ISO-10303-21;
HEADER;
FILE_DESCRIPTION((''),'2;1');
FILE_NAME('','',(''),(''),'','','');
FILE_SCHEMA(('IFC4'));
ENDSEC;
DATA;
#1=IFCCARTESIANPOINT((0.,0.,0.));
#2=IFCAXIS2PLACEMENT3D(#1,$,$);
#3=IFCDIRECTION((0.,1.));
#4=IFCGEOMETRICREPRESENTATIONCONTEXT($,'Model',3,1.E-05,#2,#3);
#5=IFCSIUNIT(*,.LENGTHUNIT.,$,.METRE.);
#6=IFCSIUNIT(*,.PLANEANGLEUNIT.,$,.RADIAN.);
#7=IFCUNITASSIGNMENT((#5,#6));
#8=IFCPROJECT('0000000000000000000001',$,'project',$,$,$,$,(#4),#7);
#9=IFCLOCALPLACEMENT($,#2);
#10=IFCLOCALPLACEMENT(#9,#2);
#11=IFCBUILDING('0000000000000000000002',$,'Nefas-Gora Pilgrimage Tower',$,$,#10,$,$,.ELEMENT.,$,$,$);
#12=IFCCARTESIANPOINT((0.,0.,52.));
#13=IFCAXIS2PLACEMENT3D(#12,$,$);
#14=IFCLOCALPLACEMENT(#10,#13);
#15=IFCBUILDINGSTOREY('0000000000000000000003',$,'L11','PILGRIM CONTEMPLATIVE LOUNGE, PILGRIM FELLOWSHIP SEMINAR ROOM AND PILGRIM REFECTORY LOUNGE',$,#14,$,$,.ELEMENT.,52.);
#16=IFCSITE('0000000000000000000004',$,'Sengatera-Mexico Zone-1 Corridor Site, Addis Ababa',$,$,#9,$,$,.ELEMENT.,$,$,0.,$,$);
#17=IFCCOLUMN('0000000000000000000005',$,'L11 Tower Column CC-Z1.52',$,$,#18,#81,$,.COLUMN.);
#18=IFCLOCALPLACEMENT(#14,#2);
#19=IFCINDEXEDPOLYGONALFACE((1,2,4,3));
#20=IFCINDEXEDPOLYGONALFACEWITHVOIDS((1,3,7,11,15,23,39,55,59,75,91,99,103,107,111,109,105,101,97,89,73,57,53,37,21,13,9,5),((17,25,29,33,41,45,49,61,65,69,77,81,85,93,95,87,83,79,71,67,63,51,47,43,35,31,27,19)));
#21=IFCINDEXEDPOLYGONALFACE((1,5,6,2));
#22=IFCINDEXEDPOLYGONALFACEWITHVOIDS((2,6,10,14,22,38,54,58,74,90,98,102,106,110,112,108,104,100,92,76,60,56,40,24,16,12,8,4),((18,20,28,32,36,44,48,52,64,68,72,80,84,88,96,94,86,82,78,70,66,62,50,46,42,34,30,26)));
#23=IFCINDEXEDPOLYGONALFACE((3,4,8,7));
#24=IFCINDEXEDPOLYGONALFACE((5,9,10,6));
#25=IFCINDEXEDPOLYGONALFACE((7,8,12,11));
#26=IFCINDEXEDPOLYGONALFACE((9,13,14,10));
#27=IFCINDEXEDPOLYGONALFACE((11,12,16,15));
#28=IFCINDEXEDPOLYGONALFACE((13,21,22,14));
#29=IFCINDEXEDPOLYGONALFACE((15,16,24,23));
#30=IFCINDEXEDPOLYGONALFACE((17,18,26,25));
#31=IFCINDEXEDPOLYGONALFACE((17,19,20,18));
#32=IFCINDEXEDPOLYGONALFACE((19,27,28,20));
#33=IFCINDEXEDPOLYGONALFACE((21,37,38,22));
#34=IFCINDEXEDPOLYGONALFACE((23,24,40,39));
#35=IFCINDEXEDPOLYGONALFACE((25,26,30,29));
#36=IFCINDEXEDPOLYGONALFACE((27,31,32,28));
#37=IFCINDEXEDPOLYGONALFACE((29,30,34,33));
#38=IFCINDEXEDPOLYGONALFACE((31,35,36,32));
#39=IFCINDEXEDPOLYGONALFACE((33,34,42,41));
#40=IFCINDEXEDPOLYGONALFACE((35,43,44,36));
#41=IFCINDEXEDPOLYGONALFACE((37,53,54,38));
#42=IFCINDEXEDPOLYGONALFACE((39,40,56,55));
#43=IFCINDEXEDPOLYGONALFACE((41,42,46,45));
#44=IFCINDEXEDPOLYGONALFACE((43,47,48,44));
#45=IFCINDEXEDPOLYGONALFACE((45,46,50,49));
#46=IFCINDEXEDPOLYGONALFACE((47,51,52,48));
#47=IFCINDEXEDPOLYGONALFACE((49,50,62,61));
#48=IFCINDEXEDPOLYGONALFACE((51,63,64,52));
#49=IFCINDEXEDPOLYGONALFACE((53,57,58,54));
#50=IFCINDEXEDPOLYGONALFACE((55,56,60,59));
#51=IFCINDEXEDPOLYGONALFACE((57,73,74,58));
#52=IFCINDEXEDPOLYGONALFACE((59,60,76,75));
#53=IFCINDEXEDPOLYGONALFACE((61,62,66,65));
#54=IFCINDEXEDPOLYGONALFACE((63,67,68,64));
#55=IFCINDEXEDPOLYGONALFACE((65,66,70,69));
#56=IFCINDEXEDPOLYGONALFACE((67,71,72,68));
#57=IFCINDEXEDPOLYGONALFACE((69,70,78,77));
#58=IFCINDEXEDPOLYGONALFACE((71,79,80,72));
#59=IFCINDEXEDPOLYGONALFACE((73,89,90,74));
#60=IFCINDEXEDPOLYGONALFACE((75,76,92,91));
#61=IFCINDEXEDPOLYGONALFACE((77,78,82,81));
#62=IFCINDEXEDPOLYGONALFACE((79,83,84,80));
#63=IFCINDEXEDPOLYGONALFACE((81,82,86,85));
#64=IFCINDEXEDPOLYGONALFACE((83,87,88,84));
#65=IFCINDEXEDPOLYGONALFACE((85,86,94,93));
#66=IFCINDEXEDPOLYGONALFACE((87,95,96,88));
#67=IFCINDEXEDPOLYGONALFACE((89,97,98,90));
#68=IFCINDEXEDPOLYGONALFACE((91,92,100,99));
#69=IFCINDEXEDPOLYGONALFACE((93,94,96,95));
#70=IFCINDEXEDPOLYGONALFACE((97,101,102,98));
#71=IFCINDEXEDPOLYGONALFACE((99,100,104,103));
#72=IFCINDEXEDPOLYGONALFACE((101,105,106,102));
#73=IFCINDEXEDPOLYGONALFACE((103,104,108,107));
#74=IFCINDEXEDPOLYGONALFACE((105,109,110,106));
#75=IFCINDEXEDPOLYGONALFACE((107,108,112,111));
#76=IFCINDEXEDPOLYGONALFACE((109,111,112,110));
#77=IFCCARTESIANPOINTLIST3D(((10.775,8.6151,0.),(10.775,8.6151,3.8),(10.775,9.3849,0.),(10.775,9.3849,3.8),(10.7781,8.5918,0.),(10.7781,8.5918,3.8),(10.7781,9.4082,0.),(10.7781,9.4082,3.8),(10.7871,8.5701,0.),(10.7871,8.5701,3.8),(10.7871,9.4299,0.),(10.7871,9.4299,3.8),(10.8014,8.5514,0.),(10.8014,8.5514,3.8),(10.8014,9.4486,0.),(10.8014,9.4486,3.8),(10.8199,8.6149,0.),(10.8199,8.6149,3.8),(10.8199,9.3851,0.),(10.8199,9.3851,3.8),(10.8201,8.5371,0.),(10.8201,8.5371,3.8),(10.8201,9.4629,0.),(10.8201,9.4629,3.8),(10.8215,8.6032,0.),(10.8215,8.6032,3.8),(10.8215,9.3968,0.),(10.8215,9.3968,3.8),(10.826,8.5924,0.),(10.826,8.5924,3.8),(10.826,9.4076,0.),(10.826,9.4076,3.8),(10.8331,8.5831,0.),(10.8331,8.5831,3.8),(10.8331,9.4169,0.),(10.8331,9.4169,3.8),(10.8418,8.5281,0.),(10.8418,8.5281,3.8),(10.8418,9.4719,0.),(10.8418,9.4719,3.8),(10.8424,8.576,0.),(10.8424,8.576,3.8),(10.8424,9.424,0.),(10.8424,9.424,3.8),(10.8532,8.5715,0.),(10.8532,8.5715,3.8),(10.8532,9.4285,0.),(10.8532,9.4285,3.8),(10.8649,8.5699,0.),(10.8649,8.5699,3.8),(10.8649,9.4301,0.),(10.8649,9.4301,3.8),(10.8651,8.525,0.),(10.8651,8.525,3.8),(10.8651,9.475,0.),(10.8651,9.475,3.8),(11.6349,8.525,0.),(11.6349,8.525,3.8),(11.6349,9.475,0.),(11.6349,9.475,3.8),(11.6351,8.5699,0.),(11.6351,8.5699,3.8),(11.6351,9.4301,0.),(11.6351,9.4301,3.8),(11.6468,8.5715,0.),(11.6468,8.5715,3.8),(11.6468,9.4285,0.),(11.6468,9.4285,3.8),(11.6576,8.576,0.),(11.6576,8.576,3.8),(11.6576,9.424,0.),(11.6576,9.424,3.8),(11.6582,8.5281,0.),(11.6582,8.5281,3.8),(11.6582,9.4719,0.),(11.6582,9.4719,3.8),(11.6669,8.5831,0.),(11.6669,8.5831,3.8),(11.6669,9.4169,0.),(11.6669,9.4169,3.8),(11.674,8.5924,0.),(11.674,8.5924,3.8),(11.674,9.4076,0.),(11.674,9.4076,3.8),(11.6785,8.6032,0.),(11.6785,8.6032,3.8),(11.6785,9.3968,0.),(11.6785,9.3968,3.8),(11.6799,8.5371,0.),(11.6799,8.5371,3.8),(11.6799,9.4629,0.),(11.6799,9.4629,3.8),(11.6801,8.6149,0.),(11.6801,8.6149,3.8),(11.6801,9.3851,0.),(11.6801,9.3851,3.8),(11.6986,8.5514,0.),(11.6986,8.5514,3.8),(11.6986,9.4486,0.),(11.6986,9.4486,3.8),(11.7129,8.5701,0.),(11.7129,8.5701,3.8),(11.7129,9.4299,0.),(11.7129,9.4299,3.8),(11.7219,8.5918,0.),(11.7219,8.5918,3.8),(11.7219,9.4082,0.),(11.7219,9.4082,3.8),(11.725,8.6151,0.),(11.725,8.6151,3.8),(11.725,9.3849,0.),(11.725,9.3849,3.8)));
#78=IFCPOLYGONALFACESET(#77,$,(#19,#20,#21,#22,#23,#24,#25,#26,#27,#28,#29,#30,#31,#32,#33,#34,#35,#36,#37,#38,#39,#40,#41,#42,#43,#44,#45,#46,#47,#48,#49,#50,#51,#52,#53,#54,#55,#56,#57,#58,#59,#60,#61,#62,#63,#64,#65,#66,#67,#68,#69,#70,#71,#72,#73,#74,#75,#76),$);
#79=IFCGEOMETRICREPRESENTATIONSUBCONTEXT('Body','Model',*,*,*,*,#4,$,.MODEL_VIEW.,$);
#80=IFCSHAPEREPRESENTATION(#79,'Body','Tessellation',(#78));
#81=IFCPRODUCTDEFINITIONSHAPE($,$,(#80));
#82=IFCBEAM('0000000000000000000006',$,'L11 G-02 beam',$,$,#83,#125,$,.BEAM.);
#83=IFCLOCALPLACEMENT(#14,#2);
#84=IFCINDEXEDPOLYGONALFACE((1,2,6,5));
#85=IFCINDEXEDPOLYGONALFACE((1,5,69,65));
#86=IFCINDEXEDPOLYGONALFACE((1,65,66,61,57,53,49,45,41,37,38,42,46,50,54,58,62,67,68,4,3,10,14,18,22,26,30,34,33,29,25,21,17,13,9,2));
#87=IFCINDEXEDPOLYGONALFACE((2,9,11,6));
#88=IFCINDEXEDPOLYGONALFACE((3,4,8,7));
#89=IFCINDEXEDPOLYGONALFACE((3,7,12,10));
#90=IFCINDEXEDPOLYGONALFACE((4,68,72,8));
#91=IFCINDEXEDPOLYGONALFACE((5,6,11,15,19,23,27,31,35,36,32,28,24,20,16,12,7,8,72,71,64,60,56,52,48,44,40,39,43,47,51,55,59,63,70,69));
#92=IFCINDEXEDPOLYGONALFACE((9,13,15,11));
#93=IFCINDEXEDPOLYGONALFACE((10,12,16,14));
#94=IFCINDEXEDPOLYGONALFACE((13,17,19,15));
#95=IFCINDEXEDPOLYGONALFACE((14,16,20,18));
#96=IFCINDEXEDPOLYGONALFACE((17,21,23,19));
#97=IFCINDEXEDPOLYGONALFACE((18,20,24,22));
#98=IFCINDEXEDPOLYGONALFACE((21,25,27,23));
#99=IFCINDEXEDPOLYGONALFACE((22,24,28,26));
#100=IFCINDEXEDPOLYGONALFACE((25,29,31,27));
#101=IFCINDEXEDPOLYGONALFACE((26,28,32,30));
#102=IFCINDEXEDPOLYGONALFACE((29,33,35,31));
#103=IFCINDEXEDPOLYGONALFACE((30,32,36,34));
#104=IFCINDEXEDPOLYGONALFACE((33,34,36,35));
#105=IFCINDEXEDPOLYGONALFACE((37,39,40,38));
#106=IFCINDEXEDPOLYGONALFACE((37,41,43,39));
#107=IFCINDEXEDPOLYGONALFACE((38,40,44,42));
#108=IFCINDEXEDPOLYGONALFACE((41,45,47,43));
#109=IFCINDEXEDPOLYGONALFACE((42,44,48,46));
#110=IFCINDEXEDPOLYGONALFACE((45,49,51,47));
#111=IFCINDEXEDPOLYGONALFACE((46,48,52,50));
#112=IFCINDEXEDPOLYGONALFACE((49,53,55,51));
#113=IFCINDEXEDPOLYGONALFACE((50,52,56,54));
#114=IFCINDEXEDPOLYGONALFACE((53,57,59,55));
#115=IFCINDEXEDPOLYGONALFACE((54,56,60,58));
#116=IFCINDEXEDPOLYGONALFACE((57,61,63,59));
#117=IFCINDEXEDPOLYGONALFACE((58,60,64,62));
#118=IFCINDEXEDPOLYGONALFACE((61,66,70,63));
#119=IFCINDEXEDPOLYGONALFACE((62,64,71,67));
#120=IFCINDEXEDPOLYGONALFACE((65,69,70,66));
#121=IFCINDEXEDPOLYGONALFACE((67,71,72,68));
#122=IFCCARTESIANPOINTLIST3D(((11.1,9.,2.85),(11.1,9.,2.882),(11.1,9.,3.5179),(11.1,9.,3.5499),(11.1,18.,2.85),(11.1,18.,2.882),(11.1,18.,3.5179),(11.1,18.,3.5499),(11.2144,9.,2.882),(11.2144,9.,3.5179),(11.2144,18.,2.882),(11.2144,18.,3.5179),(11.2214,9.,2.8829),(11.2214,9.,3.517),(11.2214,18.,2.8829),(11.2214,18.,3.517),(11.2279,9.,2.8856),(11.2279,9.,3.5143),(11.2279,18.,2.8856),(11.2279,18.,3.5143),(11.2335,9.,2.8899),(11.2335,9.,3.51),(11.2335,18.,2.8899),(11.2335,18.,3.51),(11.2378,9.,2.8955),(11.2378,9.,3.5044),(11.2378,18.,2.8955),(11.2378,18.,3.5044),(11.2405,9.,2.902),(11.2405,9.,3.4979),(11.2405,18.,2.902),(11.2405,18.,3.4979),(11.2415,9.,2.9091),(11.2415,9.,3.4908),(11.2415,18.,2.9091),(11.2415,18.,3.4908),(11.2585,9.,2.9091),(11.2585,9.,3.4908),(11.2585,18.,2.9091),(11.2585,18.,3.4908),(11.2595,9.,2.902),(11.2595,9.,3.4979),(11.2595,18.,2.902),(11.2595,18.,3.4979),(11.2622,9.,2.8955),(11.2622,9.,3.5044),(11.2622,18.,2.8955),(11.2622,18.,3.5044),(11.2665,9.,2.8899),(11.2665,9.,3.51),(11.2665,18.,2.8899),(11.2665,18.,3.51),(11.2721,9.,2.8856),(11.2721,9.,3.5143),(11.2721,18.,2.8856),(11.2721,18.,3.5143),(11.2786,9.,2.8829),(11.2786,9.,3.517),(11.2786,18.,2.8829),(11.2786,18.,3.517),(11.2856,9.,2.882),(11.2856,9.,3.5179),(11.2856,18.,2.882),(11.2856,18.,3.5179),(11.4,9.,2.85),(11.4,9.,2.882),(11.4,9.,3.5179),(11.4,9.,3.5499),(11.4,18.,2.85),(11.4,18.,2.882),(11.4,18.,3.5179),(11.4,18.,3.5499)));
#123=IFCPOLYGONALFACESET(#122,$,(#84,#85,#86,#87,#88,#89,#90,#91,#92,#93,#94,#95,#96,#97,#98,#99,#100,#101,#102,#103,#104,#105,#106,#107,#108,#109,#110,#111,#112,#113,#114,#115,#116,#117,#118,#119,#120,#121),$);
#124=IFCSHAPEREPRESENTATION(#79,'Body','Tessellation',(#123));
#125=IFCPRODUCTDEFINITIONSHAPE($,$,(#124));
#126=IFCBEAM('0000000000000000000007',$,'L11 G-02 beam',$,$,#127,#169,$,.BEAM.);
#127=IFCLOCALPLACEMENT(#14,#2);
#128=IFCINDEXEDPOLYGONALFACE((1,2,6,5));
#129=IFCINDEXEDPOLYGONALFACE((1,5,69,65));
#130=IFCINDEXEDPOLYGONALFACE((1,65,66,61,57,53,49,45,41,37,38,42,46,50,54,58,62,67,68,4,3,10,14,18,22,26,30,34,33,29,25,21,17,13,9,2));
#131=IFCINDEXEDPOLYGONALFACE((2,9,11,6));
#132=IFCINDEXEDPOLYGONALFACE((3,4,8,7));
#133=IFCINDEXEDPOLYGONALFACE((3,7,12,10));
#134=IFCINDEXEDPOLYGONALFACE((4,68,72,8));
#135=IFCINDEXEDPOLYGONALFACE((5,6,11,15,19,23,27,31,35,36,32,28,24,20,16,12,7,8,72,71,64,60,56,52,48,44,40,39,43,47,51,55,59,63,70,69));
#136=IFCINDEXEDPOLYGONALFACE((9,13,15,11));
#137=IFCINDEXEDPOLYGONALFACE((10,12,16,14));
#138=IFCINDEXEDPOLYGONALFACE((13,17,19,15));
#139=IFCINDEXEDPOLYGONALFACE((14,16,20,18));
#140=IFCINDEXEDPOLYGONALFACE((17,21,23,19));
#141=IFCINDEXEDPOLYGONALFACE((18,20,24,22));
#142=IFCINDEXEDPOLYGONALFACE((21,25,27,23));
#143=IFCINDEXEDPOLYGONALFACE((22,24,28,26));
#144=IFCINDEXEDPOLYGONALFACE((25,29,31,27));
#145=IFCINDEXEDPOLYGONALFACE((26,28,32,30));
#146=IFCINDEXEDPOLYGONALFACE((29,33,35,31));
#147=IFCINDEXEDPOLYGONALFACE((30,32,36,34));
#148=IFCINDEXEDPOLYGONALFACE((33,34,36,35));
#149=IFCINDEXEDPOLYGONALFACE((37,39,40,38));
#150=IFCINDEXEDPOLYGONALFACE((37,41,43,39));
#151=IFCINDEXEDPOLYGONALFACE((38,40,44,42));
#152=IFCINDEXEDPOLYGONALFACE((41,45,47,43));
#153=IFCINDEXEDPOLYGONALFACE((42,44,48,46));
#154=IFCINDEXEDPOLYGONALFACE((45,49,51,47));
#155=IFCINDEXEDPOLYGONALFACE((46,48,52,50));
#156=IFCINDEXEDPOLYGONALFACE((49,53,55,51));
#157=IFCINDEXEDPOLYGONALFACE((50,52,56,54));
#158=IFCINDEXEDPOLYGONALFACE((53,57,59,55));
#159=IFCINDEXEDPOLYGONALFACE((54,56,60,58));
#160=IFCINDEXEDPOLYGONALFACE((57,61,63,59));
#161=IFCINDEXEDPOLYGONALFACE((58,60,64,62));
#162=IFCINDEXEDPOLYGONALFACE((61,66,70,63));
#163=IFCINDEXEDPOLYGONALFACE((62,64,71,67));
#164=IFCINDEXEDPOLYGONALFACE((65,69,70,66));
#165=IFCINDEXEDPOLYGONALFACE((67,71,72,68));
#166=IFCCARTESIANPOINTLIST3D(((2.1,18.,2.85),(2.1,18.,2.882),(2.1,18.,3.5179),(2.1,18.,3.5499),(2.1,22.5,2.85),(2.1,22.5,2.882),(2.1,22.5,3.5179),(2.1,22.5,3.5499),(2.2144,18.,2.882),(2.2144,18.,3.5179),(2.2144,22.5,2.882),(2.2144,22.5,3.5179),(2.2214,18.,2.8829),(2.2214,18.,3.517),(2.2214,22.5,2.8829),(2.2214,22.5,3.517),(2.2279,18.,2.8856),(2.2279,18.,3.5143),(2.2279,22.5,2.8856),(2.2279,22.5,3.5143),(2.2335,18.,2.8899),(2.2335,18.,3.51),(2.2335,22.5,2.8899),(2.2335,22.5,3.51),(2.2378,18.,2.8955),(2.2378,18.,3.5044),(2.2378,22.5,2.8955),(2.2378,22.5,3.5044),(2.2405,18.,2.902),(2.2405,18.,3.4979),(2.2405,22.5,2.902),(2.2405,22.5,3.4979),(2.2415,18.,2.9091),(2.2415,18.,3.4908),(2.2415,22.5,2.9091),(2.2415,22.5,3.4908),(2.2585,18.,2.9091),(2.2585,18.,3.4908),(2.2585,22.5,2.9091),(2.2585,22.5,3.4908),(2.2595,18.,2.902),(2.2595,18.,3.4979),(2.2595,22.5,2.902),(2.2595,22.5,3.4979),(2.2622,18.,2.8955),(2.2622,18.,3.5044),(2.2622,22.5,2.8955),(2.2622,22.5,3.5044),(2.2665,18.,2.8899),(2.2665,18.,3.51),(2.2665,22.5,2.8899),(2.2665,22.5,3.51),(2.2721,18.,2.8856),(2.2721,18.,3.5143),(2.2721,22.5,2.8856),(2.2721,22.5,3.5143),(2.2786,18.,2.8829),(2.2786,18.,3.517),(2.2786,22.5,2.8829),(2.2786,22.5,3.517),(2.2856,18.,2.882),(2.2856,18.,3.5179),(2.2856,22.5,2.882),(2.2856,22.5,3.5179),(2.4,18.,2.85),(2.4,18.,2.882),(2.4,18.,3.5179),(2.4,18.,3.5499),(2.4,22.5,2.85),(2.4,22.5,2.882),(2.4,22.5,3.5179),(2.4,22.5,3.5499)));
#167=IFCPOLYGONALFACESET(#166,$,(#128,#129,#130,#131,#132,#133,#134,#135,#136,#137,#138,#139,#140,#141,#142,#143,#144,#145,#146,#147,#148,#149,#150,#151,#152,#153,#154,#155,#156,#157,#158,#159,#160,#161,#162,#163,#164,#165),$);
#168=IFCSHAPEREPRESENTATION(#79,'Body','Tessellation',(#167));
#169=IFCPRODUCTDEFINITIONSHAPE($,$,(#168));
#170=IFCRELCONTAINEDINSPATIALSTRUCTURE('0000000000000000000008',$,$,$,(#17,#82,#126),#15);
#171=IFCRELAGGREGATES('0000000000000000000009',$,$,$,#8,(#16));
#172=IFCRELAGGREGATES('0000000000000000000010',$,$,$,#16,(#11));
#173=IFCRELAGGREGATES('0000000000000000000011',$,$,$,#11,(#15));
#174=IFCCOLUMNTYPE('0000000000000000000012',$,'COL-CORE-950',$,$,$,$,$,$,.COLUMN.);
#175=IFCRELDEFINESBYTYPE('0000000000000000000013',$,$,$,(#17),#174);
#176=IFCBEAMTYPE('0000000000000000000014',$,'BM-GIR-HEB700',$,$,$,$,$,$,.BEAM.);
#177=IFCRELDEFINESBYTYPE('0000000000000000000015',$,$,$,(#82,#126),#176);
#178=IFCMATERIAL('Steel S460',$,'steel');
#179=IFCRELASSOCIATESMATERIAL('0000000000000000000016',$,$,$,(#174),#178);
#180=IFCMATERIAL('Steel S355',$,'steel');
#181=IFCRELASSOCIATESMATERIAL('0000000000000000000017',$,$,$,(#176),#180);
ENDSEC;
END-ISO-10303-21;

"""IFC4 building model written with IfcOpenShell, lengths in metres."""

from ifc_helpers import new_model, si_unit, direction, frame, origin, origin_2d, place, context, subcontext, project, spatial, hollow_rectangle, i_section, extrude, source, transform, mapped, material, material_profile, profile_set, type_object, element, save


model = new_model("IFC4")

# Units and contexts
model_context = context("Model", 3, precision=1e-05, world=origin(), true_north=direction((0.0, 1.0)))
body_context = subcontext(model_context, "Body", "Model", "MODEL_VIEW")
ifc_project = project(units=[si_unit("LENGTHUNIT", "METRE"), si_unit("PLANEANGLEUNIT", "RADIAN")], contexts=[model_context])

# Site, building, storey
site_placement = place(None, origin())
site = spatial("IfcSite", under=ifc_project, at=site_placement, Name="Sengatera-Mexico Zone-1 Corridor Site, Addis Ababa", CompositionType="ELEMENT", RefElevation=0.0)
building_placement = place(site_placement, origin())
building = spatial("IfcBuilding", under=site, at=building_placement, Name="Nefas-Gora Pilgrimage Tower", CompositionType="ELEMENT")
storey_placement = place(building_placement, frame((0.0, 0.0, 52.0)))
storey = spatial("IfcBuildingStorey", under=building, at=storey_placement, Name="L11", Description="PILGRIM CONTEMPLATIVE LOUNGE, PILGRIM FELLOWSHIP SEMINAR ROOM AND PILGRIM REFECTORY LOUNGE", CompositionType="ELEMENT", Elevation=52.0)

# Column
ifc_material_1 = material(Name="Steel S460", Category="steel")
ifc_material_profile_1 = material_profile(ifc_material_1, hollow_rectangle(XDim=0.95, YDim=0.95, WallThickness=0.0449, InnerFilletRadius=0.0449, OuterFilletRadius=0.0901, at=origin_2d()), Name="BOX 950x950x45")
ifc_profile_set_1 = profile_set([ifc_material_profile_1], Name="Steel S460")
column_type_1 = type_object("IfcColumnType", Name="COL-CORE-950", PredefinedType="COLUMN", material=ifc_profile_set_1)
shared_shape_1 = source(origin(), body_context, "Body", "SweptSolid", [
    extrude(hollow_rectangle(XDim=0.95, YDim=0.95, WallThickness=0.0449, InnerFilletRadius=0.0449, OuterFilletRadius=0.0901, at=origin_2d()), origin(), (0.0, 0.0, 1.0), 3.8),
])
column_placement = place(storey_placement, frame((11.25, 9.0, 0.0), z_axis=(0.0, 0.0, 1.0), x_axis=(1.0, 0.0, 0.0)))
element("IfcColumn", 1, at=column_placement, inside=storey, type_object=column_type_1, Name="L11 Tower Column CC-Z1.52", PredefinedType="COLUMN", context=body_context, shape_type="MappedRepresentation", body=[
    mapped(shared_shape_1, transform((0.0, 0.0, 0.0), x_axis=(1.0, 0.0, 0.0), y_axis=(0.0, 1.0, 0.0), z_axis=(0.0, 0.0, 1.0), scale=1.0)),
])

# Beams
ifc_material_2 = material(Name="Steel S355", Category="steel")
ifc_material_profile_2 = material_profile(ifc_material_2, i_section(OverallWidth=0.3, OverallDepth=0.7, WebThickness=0.0171, FlangeThickness=0.032, FilletRadius=0.0271, at=origin_2d()), Name="HEB 700")
ifc_profile_set_2 = profile_set([ifc_material_profile_2], Name="Steel S355")
beam_type_1 = type_object("IfcBeamType", Name="BM-GIR-HEB700", PredefinedType="BEAM", material=ifc_profile_set_2)
shared_shape_2 = source(origin(), body_context, "Body", "SweptSolid", [
    extrude(i_section(OverallWidth=0.3, OverallDepth=0.7, WebThickness=0.0171, FlangeThickness=0.032, FilletRadius=0.0271, at=origin_2d()), origin(), (0.0, 0.0, 1.0), 9.0),
])
beam_1_placement = place(storey_placement, frame((11.25, 9.0, 3.2), z_axis=(0.0, 1.0, 0.0), x_axis=(-1.0, 0.0, 0.0)))
element("IfcBeam", 2, at=beam_1_placement, inside=storey, type_object=beam_type_1, Name="L11 G-02 beam", PredefinedType="BEAM", context=body_context, shape_type="MappedRepresentation", body=[
    mapped(shared_shape_2, transform((0.0, 0.0, 0.0), x_axis=(1.0, 0.0, 0.0), y_axis=(0.0, 1.0, 0.0), z_axis=(0.0, 0.0, 1.0), scale=1.0)),
])
shared_shape_3 = source(origin(), body_context, "Body", "SweptSolid", [
    extrude(i_section(OverallWidth=0.3, OverallDepth=0.7, WebThickness=0.0171, FlangeThickness=0.032, FilletRadius=0.0271, at=origin_2d()), origin(), (0.0, 0.0, 1.0), 4.5),
])
for number, where, z_axis, x_axis, name in (
    (3, (2.25, 18.0, 3.2), (0.0, 1.0, 0.0), (-1.0, 0.0, 0.0), "L11 G-02 beam"),
):
    element("IfcBeam", number, at=place(storey_placement, frame(where, z_axis=z_axis, x_axis=x_axis)), inside=storey, type_object=beam_type_1, Name=name, PredefinedType="BEAM", context=body_context, shape_type="MappedRepresentation", body=[
        mapped(shared_shape_3, transform((0.0, 0.0, 0.0), x_axis=(1.0, 0.0, 0.0), y_axis=(0.0, 1.0, 0.0), z_axis=(0.0, 0.0, 1.0), scale=1.0)),
    ])

save(model, "model.ifc")
